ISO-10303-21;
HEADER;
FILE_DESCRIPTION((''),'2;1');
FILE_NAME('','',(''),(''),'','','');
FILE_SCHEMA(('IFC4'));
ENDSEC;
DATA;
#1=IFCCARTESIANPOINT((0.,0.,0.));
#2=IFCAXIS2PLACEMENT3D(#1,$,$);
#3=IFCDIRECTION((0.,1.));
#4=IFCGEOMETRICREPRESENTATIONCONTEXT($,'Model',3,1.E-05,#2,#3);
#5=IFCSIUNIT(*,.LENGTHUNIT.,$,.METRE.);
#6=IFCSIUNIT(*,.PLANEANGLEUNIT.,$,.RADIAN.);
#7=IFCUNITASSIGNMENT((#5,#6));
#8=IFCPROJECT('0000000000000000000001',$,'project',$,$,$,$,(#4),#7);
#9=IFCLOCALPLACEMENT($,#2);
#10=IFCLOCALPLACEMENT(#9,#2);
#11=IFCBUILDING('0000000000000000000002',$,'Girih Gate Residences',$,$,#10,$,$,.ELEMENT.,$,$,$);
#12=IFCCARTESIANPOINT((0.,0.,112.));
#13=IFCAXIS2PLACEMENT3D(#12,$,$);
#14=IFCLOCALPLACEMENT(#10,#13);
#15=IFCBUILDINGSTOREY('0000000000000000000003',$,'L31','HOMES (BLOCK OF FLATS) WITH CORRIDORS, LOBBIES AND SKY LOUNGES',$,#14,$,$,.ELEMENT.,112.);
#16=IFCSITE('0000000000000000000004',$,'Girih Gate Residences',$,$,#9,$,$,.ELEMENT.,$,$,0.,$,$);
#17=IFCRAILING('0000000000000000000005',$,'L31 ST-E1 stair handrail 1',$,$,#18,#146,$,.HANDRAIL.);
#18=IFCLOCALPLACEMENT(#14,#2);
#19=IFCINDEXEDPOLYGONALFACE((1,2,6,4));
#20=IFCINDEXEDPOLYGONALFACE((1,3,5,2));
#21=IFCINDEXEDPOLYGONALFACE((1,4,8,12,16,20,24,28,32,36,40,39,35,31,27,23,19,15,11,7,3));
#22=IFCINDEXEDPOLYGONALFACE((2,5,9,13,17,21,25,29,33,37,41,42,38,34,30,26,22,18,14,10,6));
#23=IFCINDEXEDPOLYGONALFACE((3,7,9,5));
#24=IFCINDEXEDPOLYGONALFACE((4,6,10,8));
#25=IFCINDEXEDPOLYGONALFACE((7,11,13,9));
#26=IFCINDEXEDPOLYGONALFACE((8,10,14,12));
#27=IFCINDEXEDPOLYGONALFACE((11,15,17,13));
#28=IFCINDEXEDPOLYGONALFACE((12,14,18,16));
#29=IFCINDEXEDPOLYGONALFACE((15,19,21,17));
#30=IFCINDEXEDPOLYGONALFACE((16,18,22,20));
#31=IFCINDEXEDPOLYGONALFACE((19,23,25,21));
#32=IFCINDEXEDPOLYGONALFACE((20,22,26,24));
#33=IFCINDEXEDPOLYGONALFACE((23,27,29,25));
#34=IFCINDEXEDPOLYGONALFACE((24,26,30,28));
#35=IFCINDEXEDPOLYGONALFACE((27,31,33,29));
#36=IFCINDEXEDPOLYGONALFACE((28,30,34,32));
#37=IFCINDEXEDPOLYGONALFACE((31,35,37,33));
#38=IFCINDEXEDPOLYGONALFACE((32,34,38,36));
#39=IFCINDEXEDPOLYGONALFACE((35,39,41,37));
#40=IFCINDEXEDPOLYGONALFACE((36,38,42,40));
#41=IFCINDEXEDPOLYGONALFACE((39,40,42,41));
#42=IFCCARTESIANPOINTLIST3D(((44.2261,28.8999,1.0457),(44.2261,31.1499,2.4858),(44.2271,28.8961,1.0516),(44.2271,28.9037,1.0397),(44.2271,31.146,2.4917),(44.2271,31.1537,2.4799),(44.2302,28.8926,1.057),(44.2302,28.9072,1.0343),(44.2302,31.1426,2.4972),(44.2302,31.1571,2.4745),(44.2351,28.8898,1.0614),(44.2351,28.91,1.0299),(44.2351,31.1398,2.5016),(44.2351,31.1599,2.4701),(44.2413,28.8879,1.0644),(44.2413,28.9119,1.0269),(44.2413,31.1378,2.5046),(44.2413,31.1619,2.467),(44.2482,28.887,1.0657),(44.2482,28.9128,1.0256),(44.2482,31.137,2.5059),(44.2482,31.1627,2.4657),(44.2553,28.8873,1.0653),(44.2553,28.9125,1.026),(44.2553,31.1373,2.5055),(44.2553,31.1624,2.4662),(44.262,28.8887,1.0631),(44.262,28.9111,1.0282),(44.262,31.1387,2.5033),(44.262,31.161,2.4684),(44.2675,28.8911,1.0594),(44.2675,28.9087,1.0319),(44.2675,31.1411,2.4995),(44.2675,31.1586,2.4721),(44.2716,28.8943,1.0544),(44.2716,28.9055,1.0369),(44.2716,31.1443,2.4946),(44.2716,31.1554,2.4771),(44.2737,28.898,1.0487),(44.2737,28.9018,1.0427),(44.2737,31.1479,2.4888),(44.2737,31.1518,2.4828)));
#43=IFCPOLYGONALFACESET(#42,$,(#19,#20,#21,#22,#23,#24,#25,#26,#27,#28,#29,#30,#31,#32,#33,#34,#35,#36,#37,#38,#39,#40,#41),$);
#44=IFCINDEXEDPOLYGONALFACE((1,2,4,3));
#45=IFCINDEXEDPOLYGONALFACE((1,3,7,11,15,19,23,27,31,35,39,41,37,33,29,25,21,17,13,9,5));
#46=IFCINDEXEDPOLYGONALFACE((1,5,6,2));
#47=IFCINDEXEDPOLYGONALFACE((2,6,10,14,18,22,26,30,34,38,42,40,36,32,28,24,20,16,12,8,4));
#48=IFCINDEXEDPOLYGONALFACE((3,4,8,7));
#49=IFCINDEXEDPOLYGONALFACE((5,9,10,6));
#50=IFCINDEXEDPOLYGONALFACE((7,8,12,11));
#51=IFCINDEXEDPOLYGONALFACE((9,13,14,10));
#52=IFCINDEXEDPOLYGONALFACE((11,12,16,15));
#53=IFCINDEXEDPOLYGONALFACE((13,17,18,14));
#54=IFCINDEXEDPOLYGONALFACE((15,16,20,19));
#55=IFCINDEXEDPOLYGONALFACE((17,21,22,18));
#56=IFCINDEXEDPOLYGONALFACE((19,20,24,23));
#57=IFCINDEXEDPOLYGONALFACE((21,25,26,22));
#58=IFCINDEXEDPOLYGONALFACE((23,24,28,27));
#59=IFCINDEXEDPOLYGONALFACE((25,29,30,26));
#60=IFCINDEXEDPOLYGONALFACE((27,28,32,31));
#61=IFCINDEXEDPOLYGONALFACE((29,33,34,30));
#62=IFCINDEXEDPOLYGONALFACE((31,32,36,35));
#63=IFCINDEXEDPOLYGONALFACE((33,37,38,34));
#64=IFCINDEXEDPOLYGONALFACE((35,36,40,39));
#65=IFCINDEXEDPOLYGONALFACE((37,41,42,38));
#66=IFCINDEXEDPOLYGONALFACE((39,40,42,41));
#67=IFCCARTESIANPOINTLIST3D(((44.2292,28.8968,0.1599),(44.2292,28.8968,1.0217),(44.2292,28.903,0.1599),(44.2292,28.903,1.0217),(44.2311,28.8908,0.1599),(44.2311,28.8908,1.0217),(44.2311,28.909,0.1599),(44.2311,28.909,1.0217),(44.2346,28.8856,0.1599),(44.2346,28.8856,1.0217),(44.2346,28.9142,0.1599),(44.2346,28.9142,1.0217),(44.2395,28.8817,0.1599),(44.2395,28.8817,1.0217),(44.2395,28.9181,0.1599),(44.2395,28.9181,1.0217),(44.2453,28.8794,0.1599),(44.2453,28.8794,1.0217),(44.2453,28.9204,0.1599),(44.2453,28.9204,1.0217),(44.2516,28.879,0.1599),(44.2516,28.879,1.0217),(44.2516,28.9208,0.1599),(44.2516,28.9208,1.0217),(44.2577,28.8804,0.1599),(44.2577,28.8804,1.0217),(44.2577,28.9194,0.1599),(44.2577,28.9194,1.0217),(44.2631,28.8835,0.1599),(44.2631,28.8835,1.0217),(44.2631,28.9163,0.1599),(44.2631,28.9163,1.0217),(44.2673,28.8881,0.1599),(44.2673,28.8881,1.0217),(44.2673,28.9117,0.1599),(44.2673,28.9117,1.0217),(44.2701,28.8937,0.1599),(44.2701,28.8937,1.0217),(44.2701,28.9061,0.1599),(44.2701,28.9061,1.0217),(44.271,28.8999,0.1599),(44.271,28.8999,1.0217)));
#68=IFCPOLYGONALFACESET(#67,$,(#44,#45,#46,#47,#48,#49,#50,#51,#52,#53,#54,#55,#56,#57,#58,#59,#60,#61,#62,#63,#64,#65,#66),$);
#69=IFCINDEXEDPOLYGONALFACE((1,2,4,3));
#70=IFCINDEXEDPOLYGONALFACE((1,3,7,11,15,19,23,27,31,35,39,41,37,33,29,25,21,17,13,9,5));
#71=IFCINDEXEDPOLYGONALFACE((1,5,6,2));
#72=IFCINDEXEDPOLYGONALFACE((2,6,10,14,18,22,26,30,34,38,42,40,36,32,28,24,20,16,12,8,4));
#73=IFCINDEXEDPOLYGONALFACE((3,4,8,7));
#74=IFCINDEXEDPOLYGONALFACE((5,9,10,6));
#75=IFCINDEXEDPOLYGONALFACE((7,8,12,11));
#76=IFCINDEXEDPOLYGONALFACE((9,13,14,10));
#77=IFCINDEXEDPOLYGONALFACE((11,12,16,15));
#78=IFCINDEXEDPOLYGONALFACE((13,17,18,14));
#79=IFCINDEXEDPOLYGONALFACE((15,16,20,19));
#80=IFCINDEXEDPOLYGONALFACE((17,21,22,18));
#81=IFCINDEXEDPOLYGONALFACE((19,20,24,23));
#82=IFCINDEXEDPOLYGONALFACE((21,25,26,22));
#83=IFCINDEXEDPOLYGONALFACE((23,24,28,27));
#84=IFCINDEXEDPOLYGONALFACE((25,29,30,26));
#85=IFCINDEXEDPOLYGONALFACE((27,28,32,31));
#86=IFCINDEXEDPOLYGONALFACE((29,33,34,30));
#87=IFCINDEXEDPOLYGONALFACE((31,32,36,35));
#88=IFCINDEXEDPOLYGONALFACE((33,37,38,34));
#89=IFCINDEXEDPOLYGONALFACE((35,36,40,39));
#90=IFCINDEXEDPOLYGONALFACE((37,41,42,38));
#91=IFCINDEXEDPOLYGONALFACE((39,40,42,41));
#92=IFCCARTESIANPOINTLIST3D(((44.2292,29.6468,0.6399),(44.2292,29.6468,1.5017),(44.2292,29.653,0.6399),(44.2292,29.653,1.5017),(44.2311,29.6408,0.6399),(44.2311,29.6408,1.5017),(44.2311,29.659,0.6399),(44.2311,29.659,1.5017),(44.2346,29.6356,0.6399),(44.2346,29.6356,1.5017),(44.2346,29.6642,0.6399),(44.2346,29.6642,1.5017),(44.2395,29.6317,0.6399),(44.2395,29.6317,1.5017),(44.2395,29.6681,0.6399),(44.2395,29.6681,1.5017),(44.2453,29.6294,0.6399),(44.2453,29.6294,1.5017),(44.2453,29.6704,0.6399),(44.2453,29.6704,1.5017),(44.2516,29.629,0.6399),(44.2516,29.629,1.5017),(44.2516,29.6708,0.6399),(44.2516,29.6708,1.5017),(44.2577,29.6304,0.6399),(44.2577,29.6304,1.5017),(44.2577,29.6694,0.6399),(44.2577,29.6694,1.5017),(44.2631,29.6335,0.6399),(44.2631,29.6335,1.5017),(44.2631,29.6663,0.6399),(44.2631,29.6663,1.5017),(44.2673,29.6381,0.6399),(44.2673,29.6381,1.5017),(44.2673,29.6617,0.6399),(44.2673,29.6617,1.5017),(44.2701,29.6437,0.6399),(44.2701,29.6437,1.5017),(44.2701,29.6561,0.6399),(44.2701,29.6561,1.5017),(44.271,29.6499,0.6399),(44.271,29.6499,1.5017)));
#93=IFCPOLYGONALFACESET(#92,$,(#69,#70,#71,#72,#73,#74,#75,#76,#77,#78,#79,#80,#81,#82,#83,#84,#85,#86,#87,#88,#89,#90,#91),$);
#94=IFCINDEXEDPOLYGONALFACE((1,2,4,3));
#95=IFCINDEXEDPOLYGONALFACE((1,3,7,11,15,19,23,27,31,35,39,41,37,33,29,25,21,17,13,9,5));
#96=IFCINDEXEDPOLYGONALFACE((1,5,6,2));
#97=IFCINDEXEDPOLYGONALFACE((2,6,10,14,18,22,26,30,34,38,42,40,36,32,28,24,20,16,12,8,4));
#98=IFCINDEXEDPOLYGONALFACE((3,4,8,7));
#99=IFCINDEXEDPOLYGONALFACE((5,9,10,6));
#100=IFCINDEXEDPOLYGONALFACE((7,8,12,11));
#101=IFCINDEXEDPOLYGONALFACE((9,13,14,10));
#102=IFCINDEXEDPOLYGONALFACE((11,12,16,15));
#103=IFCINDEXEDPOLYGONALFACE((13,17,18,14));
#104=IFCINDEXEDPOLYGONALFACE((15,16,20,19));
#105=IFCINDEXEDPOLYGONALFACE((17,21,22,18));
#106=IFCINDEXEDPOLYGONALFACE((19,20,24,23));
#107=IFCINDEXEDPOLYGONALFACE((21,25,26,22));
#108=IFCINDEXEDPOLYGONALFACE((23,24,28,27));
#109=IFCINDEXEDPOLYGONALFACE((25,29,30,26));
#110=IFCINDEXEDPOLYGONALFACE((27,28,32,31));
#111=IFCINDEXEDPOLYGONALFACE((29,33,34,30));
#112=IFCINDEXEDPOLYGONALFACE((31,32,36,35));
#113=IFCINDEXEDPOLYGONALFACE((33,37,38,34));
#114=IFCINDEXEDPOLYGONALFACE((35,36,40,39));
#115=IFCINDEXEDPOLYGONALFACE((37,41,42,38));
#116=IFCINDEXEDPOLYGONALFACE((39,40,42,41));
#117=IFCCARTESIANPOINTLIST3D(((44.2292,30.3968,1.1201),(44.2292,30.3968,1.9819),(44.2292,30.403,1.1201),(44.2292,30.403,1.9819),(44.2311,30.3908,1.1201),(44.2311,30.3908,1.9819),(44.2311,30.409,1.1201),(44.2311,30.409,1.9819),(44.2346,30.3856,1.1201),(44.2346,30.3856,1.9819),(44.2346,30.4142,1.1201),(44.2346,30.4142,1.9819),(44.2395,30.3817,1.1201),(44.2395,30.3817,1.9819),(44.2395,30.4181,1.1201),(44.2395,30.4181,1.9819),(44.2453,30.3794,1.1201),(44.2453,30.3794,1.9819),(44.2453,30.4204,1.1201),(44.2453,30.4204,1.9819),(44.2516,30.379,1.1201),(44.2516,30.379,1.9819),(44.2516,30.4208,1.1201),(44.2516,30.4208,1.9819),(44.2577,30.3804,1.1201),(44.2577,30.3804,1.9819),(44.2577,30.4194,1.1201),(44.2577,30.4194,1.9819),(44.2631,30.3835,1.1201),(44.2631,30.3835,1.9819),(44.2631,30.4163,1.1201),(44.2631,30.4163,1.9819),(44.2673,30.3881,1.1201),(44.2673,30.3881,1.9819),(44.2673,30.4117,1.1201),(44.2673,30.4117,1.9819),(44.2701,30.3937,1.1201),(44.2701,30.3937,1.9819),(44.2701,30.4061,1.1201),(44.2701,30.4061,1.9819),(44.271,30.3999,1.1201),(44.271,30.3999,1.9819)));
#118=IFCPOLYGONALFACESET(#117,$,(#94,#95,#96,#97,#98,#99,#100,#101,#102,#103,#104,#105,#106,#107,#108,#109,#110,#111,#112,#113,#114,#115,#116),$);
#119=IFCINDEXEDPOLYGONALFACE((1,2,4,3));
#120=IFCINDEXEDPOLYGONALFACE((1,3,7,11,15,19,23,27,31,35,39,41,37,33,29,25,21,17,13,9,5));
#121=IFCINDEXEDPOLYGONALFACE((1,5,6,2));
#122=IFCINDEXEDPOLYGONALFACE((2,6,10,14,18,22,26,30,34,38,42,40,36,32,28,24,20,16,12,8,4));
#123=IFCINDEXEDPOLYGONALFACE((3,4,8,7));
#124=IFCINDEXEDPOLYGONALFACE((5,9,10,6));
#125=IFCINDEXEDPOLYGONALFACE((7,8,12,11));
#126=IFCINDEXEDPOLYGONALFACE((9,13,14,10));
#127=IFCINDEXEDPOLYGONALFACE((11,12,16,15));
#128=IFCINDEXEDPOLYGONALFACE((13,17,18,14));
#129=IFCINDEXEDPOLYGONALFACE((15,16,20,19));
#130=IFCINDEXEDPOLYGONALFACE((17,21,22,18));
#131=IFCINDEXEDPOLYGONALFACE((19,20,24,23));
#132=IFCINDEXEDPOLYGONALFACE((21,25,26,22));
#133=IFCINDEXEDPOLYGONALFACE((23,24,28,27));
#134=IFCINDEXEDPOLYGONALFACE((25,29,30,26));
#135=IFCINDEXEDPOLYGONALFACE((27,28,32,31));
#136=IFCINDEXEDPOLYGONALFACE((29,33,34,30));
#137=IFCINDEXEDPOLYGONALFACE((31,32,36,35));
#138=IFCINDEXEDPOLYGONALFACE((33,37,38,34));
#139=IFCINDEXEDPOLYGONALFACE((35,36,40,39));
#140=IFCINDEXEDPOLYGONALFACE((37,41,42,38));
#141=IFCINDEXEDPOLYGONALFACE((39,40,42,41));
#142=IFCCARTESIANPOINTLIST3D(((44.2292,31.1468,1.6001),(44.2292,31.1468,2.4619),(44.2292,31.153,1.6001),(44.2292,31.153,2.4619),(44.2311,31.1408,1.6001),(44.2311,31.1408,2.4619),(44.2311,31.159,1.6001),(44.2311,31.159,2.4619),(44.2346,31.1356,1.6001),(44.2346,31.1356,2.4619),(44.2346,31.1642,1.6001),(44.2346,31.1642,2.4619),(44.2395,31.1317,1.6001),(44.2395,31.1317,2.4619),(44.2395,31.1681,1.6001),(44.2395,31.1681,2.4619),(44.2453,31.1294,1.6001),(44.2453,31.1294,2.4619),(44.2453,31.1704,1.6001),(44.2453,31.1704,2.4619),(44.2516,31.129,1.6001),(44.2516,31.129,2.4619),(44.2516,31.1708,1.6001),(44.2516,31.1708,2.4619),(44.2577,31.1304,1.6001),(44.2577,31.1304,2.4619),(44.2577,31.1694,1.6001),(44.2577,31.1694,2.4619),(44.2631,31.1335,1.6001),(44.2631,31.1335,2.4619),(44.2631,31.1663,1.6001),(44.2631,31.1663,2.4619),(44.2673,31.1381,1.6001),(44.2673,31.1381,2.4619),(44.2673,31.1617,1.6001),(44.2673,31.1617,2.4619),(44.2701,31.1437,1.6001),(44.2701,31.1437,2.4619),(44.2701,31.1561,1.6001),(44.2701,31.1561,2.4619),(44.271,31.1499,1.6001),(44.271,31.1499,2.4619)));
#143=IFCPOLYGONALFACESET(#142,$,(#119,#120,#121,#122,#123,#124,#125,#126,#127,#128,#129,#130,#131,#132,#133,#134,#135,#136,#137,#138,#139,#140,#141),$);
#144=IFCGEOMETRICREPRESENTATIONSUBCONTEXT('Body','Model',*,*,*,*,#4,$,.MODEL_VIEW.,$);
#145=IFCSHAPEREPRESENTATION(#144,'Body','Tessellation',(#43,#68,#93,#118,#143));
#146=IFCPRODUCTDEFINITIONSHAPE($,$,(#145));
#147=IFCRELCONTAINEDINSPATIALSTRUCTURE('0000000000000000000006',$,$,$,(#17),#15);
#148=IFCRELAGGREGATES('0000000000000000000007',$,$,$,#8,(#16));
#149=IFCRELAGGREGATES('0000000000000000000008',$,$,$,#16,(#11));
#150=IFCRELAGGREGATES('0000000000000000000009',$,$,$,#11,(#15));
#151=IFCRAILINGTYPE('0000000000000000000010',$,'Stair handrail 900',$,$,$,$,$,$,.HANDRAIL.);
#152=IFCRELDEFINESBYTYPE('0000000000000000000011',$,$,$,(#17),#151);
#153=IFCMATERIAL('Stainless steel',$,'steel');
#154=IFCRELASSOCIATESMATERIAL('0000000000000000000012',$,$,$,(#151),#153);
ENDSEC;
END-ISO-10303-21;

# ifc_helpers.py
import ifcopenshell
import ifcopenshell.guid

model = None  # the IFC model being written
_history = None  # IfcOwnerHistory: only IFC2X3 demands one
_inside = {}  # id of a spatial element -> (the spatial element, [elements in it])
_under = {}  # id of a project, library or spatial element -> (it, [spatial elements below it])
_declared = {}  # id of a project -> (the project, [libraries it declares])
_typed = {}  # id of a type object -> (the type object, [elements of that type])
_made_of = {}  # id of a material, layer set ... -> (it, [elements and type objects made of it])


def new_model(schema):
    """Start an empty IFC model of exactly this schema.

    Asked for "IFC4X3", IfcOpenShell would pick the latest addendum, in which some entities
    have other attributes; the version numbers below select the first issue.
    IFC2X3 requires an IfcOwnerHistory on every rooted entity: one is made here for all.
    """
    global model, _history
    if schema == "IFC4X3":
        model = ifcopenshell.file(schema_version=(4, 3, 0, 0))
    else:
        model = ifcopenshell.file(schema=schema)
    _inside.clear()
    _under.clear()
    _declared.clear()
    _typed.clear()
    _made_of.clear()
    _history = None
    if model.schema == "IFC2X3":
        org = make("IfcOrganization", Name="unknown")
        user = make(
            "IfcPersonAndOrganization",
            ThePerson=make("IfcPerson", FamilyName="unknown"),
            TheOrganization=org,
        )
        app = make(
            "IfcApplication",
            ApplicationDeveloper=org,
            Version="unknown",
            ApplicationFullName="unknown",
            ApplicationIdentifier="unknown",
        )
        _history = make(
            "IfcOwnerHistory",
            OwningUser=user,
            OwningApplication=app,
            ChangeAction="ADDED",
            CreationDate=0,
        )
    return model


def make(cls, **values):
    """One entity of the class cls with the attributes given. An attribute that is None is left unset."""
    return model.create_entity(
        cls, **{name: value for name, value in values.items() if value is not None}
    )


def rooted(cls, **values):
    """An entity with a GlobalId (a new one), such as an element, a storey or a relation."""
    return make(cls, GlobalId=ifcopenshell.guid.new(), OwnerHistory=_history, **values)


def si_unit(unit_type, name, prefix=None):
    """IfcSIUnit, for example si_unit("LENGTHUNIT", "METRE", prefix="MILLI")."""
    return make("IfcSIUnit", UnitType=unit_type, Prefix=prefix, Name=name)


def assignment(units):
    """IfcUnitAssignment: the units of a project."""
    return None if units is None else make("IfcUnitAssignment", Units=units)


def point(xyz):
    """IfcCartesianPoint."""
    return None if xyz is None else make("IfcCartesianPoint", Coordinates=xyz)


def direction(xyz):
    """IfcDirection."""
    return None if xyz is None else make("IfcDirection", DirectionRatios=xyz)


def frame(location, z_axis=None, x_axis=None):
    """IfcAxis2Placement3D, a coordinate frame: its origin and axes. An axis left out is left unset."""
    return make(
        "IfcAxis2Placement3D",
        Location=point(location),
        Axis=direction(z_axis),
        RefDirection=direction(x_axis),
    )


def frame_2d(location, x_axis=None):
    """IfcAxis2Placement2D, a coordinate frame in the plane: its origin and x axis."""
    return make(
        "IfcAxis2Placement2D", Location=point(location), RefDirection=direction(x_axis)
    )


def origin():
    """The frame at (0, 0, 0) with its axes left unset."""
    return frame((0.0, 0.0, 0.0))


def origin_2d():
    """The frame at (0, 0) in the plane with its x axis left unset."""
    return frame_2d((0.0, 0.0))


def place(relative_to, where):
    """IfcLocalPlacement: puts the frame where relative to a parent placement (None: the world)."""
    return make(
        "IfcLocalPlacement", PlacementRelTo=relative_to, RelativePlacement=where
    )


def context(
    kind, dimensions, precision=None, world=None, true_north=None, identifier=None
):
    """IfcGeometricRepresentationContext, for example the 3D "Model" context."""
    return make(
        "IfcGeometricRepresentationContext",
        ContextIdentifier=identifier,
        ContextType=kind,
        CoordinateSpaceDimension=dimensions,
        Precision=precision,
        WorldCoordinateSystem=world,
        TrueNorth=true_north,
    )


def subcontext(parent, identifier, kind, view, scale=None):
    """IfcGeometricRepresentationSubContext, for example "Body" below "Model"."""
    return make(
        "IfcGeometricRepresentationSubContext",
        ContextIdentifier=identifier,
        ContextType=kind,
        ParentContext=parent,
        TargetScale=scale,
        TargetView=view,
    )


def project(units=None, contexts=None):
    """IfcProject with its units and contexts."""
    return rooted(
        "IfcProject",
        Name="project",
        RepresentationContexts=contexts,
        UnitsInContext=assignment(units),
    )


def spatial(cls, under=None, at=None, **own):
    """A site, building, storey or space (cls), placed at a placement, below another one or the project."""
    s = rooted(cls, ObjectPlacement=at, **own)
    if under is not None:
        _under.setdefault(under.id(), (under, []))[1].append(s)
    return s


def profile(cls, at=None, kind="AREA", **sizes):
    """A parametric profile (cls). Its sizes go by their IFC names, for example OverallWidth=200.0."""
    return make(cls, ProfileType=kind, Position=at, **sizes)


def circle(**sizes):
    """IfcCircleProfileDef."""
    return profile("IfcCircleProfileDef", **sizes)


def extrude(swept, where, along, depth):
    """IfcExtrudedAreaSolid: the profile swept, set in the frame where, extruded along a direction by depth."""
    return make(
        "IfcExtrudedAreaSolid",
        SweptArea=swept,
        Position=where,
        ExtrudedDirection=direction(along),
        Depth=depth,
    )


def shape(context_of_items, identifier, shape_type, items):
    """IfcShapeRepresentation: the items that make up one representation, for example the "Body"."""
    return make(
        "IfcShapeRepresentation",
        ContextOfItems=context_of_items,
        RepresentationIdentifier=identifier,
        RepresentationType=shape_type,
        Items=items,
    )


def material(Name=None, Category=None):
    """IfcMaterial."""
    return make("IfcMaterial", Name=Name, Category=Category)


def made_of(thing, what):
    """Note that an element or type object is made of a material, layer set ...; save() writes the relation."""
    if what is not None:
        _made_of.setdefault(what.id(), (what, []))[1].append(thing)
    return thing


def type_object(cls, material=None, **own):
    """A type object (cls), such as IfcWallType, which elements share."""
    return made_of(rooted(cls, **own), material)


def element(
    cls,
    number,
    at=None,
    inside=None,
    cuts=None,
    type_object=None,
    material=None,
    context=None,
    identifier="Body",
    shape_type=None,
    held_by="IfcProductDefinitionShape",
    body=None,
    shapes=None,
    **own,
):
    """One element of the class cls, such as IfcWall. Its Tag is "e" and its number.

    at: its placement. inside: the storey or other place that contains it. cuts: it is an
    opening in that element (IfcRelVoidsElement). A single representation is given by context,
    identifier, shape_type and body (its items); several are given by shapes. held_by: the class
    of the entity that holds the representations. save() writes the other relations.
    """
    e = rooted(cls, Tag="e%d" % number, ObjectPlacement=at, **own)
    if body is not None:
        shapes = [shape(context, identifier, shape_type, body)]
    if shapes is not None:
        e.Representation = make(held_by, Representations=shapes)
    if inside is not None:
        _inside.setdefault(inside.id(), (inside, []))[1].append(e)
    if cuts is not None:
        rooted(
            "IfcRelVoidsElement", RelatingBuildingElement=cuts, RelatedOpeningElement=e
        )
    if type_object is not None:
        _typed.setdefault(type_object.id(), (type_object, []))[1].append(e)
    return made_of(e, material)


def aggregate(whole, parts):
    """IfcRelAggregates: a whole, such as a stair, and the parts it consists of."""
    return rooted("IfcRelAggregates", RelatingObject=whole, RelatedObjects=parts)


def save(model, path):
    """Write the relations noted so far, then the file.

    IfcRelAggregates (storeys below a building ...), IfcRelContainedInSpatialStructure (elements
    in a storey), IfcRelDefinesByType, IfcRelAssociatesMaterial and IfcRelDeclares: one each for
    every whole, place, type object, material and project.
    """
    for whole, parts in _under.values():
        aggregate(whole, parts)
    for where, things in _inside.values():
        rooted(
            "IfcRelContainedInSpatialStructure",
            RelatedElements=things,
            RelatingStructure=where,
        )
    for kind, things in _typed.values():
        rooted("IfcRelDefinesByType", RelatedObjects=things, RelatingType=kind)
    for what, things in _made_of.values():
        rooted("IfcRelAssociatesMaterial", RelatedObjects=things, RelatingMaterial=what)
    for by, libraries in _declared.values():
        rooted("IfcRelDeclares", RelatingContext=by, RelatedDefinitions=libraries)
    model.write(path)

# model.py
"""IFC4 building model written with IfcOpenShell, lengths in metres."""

from ifc_helpers import new_model, si_unit, direction, frame, origin, origin_2d, place, context, subcontext, project, spatial, circle, extrude, material, type_object, element, save


model = new_model("IFC4")

# Units and contexts
model_context = context("Model", 3, precision=1e-05, world=origin(), true_north=direction((0.0, 1.0)))
body_context = subcontext(model_context, "Body", "Model", "MODEL_VIEW")
ifc_project = project(units=[si_unit("LENGTHUNIT", "METRE"), si_unit("PLANEANGLEUNIT", "RADIAN")], contexts=[model_context])

# Site, building, storey
site_placement = place(None, origin())
site = spatial("IfcSite", under=ifc_project, at=site_placement, Name="Girih Gate Residences", CompositionType="ELEMENT", RefElevation=0.0)
building_placement = place(site_placement, origin())
building = spatial("IfcBuilding", under=site, at=building_placement, Name="Girih Gate Residences", CompositionType="ELEMENT")
storey_placement = place(building_placement, frame((0.0, 0.0, 112.0)))
storey = spatial("IfcBuildingStorey", under=building, at=storey_placement, Name="L31", Description="HOMES (BLOCK OF FLATS) WITH CORRIDORS, LOBBIES AND SKY LOUNGES", CompositionType="ELEMENT", Elevation=112.0)

# Railing
ifc_material_1 = material(Name="Stainless steel", Category="steel")
railing_type_1 = type_object("IfcRailingType", Name="Stair handrail 900", PredefinedType="HANDRAIL", material=ifc_material_1)
railing_1_placement = place(storey_placement, frame((44.25, 28.8999, 0.1599)))
element("IfcRailing", 1, at=railing_1_placement, inside=storey, type_object=railing_type_1, Name="L31 ST-E1 stair handrail 1", PredefinedType="HANDRAIL", context=body_context, shape_type="SweptSolid", body=[
    extrude(circle(Radius=0.0239, at=origin_2d()), frame((0.0, 0.0, 0.8857), z_axis=(0.0, 0.84224, 0.539103), x_axis=(-1.0, 0.0, 0.0)), (0.0, 0.0, 1.0), 2.6714),
    extrude(circle(Radius=0.021, at=origin_2d()), origin(), (0.0, 0.0, 1.0), 0.8618),
    extrude(circle(Radius=0.021, at=origin_2d()), frame((0.0, 0.75, 0.48)), (0.0, 0.0, 1.0), 0.8618),
    extrude(circle(Radius=0.021, at=origin_2d()), frame((0.0, 1.5, 0.9602)), (0.0, 0.0, 1.0), 0.8618),
    extrude(circle(Radius=0.021, at=origin_2d()), frame((0.0, 2.25, 1.4402)), (0.0, 0.0, 1.0), 0.8618),
])

save(model, "model.ifc")
